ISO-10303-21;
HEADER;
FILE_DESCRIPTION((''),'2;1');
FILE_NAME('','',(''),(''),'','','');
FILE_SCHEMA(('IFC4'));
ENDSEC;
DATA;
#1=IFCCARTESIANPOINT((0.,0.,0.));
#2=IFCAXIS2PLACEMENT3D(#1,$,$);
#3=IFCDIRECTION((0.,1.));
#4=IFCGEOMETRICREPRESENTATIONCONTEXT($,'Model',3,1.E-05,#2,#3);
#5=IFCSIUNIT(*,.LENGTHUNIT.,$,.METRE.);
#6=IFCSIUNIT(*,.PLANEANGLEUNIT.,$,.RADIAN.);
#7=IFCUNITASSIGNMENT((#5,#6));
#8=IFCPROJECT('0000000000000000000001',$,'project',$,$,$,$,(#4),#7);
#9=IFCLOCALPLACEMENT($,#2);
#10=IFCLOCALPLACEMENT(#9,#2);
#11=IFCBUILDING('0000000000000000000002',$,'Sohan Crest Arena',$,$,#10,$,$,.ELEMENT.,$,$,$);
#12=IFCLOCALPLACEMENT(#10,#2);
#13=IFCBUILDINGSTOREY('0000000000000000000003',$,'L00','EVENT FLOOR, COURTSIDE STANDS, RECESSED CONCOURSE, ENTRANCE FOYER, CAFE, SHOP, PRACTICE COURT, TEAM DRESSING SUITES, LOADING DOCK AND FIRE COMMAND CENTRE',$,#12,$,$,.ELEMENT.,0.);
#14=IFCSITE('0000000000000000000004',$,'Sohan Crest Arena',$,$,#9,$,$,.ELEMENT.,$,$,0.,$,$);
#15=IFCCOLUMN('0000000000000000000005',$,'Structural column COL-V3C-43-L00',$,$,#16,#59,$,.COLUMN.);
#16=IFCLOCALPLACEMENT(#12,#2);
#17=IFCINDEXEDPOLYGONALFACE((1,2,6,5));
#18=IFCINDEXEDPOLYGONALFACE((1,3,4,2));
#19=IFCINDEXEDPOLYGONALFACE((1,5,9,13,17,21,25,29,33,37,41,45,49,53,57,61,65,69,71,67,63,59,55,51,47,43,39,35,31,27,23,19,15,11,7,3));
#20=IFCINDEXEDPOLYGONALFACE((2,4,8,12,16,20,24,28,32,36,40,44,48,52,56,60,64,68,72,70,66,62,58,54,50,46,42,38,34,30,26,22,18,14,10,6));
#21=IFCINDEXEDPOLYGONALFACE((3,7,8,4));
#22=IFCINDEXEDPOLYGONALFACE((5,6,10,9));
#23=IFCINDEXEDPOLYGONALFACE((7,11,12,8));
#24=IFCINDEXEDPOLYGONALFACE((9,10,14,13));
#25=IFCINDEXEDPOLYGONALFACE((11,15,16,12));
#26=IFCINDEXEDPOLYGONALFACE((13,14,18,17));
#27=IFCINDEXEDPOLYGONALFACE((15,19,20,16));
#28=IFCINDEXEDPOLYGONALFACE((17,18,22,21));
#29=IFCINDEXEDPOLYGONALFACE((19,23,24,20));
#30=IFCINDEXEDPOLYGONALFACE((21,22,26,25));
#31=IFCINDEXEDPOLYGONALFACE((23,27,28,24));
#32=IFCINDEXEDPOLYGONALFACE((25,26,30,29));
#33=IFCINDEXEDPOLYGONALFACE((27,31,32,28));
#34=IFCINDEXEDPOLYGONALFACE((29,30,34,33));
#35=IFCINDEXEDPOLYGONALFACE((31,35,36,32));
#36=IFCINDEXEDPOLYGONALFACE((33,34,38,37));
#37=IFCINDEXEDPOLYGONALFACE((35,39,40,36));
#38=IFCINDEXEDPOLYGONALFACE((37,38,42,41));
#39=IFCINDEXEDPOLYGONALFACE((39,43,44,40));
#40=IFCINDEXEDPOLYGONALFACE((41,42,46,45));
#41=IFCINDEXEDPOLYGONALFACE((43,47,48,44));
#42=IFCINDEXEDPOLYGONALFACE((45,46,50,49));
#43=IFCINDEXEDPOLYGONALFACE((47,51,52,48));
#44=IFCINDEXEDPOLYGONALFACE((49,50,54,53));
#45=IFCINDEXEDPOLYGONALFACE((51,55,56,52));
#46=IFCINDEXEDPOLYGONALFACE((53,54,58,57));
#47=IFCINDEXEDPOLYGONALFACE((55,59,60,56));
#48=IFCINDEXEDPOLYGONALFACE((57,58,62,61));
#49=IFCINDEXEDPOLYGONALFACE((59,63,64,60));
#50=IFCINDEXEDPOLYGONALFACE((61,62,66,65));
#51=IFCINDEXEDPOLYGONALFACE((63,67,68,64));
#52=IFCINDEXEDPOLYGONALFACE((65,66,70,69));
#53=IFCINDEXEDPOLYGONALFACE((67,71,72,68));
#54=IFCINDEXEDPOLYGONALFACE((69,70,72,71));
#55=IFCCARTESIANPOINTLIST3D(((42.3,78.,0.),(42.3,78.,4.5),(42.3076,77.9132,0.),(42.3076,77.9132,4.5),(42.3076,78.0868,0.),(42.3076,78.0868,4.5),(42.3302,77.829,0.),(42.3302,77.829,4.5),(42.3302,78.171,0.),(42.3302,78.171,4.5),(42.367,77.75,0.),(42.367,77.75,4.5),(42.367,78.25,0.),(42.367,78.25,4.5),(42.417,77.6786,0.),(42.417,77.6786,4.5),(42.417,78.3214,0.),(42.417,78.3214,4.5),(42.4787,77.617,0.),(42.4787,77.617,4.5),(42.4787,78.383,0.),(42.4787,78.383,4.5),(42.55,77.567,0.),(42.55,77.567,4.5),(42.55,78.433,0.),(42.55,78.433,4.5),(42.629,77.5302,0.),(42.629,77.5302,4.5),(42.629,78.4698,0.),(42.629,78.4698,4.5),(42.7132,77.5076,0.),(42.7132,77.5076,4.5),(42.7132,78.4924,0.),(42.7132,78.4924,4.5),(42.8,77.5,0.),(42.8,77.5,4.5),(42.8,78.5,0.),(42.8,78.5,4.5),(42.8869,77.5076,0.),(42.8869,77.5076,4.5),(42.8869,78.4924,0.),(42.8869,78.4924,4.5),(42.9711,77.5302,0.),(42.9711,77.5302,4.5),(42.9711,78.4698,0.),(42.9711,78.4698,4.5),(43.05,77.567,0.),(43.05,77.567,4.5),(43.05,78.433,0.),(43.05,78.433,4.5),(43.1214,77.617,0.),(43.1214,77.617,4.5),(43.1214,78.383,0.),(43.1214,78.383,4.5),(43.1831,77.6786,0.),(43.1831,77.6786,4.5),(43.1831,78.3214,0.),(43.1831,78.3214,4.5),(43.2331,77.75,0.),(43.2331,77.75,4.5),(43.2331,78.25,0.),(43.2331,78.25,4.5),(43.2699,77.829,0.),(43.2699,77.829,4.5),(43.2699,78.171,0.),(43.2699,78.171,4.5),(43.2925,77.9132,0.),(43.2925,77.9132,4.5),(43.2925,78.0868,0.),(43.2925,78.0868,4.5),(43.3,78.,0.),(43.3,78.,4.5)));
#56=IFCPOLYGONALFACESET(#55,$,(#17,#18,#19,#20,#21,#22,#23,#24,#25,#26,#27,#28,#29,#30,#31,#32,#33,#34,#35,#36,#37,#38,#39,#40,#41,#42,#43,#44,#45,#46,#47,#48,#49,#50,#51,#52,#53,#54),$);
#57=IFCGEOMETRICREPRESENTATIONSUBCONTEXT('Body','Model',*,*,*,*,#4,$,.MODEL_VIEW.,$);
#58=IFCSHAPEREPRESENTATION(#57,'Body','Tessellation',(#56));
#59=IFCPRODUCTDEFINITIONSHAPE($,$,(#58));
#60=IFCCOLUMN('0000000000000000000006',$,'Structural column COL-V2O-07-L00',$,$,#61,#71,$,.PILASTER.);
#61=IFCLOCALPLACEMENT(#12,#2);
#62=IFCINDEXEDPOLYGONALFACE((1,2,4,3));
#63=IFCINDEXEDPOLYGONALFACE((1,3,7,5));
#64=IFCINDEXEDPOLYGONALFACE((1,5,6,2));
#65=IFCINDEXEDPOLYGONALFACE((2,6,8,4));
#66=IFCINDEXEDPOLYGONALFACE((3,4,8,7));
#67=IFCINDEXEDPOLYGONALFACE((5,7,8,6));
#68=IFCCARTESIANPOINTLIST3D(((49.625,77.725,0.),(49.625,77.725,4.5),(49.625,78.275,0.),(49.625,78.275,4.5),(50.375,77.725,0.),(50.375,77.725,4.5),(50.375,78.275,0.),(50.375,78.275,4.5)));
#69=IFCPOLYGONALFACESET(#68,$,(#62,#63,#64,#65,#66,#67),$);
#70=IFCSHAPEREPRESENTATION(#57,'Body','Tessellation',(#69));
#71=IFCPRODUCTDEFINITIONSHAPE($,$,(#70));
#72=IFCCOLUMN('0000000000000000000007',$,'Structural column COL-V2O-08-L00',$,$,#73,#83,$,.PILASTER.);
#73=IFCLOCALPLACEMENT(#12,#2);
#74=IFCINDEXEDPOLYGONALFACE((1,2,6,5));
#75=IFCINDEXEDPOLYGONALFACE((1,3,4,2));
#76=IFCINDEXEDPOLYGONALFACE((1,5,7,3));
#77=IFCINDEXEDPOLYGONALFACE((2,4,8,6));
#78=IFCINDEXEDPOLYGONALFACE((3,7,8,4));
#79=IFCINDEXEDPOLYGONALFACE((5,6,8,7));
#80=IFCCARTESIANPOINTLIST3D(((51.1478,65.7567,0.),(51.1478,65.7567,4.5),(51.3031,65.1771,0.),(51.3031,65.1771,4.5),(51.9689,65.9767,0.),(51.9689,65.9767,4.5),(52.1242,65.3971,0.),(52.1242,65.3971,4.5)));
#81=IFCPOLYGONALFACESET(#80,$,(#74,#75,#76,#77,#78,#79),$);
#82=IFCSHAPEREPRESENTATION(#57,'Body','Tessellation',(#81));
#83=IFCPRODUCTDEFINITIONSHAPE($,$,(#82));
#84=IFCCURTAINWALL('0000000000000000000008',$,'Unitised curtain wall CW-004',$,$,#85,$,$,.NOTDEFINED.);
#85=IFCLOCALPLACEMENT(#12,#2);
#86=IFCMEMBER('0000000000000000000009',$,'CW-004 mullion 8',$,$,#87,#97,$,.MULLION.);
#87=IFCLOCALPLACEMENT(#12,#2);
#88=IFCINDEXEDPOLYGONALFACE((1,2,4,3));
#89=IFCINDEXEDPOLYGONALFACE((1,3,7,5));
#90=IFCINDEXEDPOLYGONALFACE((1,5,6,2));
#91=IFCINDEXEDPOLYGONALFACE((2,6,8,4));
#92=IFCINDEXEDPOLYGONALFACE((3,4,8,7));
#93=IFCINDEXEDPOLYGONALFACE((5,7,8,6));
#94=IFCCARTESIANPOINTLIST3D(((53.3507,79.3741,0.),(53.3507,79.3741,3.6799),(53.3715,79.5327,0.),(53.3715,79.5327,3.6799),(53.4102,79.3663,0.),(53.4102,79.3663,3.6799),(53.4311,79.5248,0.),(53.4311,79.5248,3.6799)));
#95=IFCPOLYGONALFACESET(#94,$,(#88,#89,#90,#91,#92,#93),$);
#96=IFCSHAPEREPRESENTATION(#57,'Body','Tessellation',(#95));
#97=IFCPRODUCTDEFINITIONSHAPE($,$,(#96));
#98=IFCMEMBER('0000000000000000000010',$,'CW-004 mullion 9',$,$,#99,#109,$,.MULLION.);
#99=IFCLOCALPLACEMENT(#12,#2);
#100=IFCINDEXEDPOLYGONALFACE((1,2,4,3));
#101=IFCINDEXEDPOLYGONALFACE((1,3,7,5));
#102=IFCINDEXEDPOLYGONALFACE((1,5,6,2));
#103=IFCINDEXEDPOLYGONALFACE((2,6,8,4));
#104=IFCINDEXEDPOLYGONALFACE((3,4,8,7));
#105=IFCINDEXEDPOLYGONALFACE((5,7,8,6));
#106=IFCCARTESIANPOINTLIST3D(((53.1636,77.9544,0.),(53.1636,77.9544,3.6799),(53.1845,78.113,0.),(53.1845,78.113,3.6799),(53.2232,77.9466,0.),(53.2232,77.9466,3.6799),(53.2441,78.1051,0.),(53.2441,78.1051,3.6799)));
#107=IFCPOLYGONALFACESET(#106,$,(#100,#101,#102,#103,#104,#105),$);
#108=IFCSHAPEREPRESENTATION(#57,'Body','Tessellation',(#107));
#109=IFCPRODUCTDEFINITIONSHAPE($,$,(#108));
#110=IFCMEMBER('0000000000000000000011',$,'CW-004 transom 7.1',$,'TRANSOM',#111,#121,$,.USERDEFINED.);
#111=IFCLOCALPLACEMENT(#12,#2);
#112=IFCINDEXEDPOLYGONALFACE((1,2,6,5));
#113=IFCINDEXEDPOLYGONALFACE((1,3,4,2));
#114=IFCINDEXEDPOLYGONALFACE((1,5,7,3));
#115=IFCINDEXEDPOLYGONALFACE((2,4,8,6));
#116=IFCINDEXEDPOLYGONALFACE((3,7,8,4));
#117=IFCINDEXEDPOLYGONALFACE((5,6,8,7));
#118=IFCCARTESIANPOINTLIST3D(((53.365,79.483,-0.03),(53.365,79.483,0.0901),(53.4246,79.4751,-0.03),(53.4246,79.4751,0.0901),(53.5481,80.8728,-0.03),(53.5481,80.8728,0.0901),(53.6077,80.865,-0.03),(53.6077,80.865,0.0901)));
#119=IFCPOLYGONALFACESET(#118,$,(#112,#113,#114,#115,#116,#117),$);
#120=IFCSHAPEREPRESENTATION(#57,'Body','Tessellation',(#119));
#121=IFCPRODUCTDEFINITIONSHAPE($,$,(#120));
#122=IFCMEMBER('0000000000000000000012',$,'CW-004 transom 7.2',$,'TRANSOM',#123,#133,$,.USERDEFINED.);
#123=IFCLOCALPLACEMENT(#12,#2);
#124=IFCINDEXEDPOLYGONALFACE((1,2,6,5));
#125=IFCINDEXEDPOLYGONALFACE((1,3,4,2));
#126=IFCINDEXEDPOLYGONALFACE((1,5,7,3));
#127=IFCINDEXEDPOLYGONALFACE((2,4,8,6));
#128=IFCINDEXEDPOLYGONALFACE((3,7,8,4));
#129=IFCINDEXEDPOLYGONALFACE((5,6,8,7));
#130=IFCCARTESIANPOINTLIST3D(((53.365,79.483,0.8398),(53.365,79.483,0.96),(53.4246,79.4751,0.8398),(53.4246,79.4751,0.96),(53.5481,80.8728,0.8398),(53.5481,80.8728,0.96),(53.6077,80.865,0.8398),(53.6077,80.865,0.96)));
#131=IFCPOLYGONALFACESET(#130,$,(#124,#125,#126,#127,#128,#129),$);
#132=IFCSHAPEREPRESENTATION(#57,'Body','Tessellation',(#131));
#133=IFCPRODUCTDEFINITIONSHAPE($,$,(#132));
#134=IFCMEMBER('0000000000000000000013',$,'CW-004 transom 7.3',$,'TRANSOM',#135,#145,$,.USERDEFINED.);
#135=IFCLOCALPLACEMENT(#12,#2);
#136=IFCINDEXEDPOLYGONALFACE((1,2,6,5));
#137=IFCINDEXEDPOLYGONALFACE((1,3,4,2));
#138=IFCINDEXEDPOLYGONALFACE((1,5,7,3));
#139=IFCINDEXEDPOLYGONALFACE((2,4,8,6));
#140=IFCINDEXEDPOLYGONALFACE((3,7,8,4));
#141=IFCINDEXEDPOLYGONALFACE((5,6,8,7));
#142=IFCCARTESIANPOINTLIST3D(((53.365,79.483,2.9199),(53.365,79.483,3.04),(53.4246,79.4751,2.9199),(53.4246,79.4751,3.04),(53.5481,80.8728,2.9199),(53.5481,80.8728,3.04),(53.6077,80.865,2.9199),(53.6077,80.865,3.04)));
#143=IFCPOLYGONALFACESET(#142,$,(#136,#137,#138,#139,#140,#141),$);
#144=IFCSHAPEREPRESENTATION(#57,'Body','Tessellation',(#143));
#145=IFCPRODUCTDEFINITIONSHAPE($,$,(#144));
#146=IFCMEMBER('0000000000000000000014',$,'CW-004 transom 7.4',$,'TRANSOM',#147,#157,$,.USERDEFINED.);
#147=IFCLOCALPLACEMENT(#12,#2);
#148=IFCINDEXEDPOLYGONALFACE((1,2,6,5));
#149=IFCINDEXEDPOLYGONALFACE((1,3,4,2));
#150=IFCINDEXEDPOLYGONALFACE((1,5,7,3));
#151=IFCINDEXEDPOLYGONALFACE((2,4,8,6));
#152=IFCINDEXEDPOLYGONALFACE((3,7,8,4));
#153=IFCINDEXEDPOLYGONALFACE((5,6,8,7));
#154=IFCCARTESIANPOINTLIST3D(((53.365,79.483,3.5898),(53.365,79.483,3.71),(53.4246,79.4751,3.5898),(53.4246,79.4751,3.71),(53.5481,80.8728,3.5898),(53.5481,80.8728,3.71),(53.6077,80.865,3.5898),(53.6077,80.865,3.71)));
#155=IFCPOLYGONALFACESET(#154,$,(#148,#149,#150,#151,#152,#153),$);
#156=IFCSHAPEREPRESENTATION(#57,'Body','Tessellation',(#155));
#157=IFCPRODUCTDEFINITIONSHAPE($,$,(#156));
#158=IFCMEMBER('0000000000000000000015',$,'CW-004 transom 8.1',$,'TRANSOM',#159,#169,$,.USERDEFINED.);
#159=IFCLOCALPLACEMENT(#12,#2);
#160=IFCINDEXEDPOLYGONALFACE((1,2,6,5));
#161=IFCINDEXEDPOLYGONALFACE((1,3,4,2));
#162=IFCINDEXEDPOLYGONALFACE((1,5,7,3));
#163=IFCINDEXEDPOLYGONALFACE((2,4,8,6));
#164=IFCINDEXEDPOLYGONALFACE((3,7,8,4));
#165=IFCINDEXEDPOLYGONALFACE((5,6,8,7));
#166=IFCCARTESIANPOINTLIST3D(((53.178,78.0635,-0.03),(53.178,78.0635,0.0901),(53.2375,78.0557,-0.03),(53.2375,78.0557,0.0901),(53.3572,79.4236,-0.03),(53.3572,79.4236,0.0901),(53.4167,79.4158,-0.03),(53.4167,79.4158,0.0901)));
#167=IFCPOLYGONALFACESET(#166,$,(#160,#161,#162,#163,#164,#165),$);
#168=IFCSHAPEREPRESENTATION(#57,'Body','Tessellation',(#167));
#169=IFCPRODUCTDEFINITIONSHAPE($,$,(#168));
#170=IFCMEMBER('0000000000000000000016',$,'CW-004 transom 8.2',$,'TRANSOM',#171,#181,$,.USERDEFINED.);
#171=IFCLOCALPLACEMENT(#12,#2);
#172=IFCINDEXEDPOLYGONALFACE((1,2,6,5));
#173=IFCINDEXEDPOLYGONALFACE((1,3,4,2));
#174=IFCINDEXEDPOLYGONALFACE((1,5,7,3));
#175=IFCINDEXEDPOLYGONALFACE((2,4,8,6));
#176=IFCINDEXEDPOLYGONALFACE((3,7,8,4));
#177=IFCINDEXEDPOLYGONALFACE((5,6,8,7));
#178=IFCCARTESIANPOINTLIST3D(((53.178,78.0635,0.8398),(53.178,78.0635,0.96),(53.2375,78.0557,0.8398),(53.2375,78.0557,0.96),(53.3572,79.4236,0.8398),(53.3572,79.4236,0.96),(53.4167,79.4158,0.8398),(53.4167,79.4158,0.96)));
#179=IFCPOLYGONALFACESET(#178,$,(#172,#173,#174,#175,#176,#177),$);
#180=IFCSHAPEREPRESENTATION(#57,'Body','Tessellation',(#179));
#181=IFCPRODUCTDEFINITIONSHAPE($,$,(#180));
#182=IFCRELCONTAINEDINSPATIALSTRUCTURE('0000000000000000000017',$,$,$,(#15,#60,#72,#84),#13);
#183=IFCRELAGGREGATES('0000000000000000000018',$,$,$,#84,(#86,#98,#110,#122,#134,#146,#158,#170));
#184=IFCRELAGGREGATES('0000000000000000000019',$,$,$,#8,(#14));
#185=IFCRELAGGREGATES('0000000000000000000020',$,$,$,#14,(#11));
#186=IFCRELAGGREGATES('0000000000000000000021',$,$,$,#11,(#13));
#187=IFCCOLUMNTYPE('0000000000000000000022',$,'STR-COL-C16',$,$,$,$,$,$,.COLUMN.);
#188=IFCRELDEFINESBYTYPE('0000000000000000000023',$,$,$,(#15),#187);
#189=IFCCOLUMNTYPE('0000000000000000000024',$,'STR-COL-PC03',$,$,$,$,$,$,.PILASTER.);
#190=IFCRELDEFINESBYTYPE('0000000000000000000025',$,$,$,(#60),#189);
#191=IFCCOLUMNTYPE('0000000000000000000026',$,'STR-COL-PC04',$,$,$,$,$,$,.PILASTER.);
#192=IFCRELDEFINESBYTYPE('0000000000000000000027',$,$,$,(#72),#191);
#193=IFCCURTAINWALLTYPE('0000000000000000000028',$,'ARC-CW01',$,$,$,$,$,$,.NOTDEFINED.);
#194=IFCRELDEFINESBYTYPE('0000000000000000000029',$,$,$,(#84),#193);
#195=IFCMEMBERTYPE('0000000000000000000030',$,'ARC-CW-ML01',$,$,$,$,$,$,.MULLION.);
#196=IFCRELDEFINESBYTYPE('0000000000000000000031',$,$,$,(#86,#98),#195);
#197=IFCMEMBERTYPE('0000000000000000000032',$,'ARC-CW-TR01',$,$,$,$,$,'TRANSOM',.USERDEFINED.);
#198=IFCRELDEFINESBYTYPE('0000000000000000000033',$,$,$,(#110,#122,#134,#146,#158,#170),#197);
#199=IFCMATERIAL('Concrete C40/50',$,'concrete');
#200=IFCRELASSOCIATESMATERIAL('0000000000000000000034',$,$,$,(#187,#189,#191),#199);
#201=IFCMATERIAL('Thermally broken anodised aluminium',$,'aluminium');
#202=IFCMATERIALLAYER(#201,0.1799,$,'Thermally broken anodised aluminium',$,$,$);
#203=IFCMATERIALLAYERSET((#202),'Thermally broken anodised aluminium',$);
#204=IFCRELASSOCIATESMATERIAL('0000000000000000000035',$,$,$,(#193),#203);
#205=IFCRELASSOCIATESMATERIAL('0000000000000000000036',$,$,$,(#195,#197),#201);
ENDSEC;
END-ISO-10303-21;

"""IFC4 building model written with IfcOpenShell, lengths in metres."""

from ifc_helpers import new_model, si_unit, direction, frame, origin, origin_2d, place, context, subcontext, project, spatial, rectangle, circle, extrude, material, layer, layer_set, material_profile, profile_set, type_object, element, aggregate, save


model = new_model("IFC4")

# Units and contexts
model_context = context("Model", 3, precision=1e-05, world=origin(), true_north=direction((0.0, 1.0)))
body_context = subcontext(model_context, "Body", "Model", "MODEL_VIEW")
ifc_project = project(units=[si_unit("LENGTHUNIT", "METRE"), si_unit("PLANEANGLEUNIT", "RADIAN")], contexts=[model_context])

# Site, building, storey
site_placement = place(None, origin())
site = spatial("IfcSite", under=ifc_project, at=site_placement, Name="Sohan Crest Arena", CompositionType="ELEMENT", RefElevation=0.0)
building_placement = place(site_placement, origin())
building = spatial("IfcBuilding", under=site, at=building_placement, Name="Sohan Crest Arena", CompositionType="ELEMENT")
storey_placement = place(building_placement, origin())
storey = spatial("IfcBuildingStorey", under=building, at=storey_placement, Name="L00", Description="EVENT FLOOR, COURTSIDE STANDS, RECESSED CONCOURSE, ENTRANCE FOYER, CAFE, SHOP, PRACTICE COURT, TEAM DRESSING SUITES, LOADING DOCK AND FIRE COMMAND CENTRE", CompositionType="ELEMENT", Elevation=0.0)

# Columns
ifc_material_1 = material(Name="Concrete C40/50", Category="concrete")
ifc_material_profile_1 = material_profile(ifc_material_1, circle(Radius=0.5, at=origin_2d()), Name="RC D1000")
ifc_profile_set_1 = profile_set([ifc_material_profile_1], Name="Concrete C40/50")
column_type_1 = type_object("IfcColumnType", Name="STR-COL-C16", PredefinedType="COLUMN", material=ifc_profile_set_1)
column_1_placement = place(storey_placement, frame((42.8, 78.0, 0.0), z_axis=(0.0, 0.0, 1.0), x_axis=(1.0, 0.0, 0.0)))
element("IfcColumn", 1, at=column_1_placement, inside=storey, type_object=column_type_1, Name="Structural column COL-V3C-43-L00", PredefinedType="COLUMN", context=body_context, shape_type="SweptSolid", body=[
    extrude(circle(Radius=0.5, at=origin_2d()), origin(), (0.0, 0.0, 1.0), 4.5),
])
ifc_material_profile_2 = material_profile(ifc_material_1, rectangle(XDim=0.75, YDim=0.55, at=origin_2d()), Name="RC 750x550")
ifc_profile_set_2 = profile_set([ifc_material_profile_2], Name="Concrete C40/50")
column_type_2 = type_object("IfcColumnType", Name="STR-COL-PC03", PredefinedType="PILASTER", material=ifc_profile_set_2)
column_2_placement = place(storey_placement, frame((50.0, 78.0, 0.0), z_axis=(0.0, 0.0, 1.0), x_axis=(1.0, 0.0, 0.0)))
element("IfcColumn", 2, at=column_2_placement, inside=storey, type_object=column_type_2, Name="Structural column COL-V2O-07-L00", PredefinedType="PILASTER", context=body_context, shape_type="SweptSolid", body=[
    extrude(rectangle(XDim=0.75, YDim=0.55, at=origin_2d()), origin(), (0.0, 0.0, 1.0), 4.5),
])
ifc_material_profile_3 = material_profile(ifc_material_1, rectangle(XDim=0.8501, YDim=0.6001, at=origin_2d()), Name="RC 850x600")
ifc_profile_set_3 = profile_set([ifc_material_profile_3], Name="Concrete C40/50")
column_type_3 = type_object("IfcColumnType", Name="STR-COL-PC04", PredefinedType="PILASTER", material=ifc_profile_set_3)
column_3_placement = place(storey_placement, frame((51.636, 65.5769, 0.0), z_axis=(0.0, 0.0, 1.0), x_axis=(0.965926, 0.258819, 0.0)))
element("IfcColumn", 3, at=column_3_placement, inside=storey, type_object=column_type_3, Name="Structural column COL-V2O-08-L00", PredefinedType="PILASTER", context=body_context, shape_type="SweptSolid", body=[
    extrude(rectangle(XDim=0.8501, YDim=0.6001, at=origin_2d()), origin(), (0.0, 0.0, 1.0), 4.5),
])

# Curtain wall, members
ifc_material_2 = material(Name="Thermally broken anodised aluminium", Category="aluminium")
ifc_layer_1 = layer(ifc_material_2, 0.1799, Name="Thermally broken anodised aluminium")
ifc_layer_set_1 = layer_set([ifc_layer_1], Name="Thermally broken anodised aluminium")
curtain_wall_type = type_object("IfcCurtainWallType", Name="ARC-CW01", PredefinedType="NOTDEFINED", material=ifc_layer_set_1)
curtain_wall_placement = place(storey_placement, origin())
curtain_wall = element("IfcCurtainWall", 4, at=curtain_wall_placement, inside=storey, type_object=curtain_wall_type, Name="Unitised curtain wall CW-004", PredefinedType="NOTDEFINED")
ifc_material_profile_4 = material_profile(ifc_material_2, rectangle(XDim=0.0601, YDim=0.1599, at=origin_2d()), Name="ALU-MULL 60x160")
ifc_profile_set_4 = profile_set([ifc_material_profile_4], Name="Thermally broken anodised aluminium")
member_type_1 = type_object("IfcMemberType", Name="ARC-CW-ML01", PredefinedType="MULLION", material=ifc_profile_set_4)
member_1_placement = place(storey_placement, frame((53.3909, 79.4495, 0.0), z_axis=(0.0, 0.0, 1.0), x_axis=(0.991439, -0.130567, 0.0)))
member_1 = element("IfcMember", 5, at=member_1_placement, type_object=member_type_1, Name="CW-004 mullion 8", PredefinedType="MULLION", context=body_context, shape_type="SweptSolid", body=[
    extrude(rectangle(XDim=0.0601, YDim=0.1599, at=origin_2d()), origin(), (0.0, 0.0, 1.0), 3.6799),
])
member_2_placement = place(storey_placement, frame((53.2039, 78.0298, 0.0), z_axis=(0.0, 0.0, 1.0), x_axis=(0.991439, -0.130567, 0.0)))
member_2 = element("IfcMember", 6, at=member_2_placement, type_object=member_type_1, Name="CW-004 mullion 9", PredefinedType="MULLION", context=body_context, shape_type="SweptSolid", body=[
    extrude(rectangle(XDim=0.0601, YDim=0.1599, at=origin_2d()), origin(), (0.0, 0.0, 1.0), 3.6799),
])
ifc_material_profile_5 = material_profile(ifc_material_2, rectangle(XDim=0.0601, YDim=0.1201, at=origin_2d()), Name="ALU-TRAN 60x120")
ifc_profile_set_5 = profile_set([ifc_material_profile_5], Name="Thermally broken anodised aluminium")
member_type_2 = type_object("IfcMemberType", Name="ARC-CW-TR01", ElementType="TRANSOM", PredefinedType="USERDEFINED", material=ifc_profile_set_5)
member_3_placement = place(storey_placement, frame((53.5779, 80.8689, 0.03), z_axis=(-0.130612, -0.991434, 0.0), x_axis=(0.991434, -0.130612, 0.0)))
member_3 = element("IfcMember", 7, at=member_3_placement, type_object=member_type_2, Name="CW-004 transom 7.1", ObjectType="TRANSOM", PredefinedType="USERDEFINED", context=body_context, shape_type="SweptSolid", body=[
    extrude(rectangle(XDim=0.0601, YDim=0.1201, at=origin_2d()), origin(), (0.0, 0.0, 1.0), 1.4019),
])
member_4_placement = place(storey_placement, frame((53.5779, 80.8689, 0.8999), z_axis=(-0.130612, -0.991434, 0.0), x_axis=(0.991434, -0.130612, 0.0)))
member_4 = element("IfcMember", 8, at=member_4_placement, type_object=member_type_2, Name="CW-004 transom 7.2", ObjectType="TRANSOM", PredefinedType="USERDEFINED", context=body_context, shape_type="SweptSolid", body=[
    extrude(rectangle(XDim=0.0601, YDim=0.1201, at=origin_2d()), origin(), (0.0, 0.0, 1.0), 1.4019),
])
member_5_placement = place(storey_placement, frame((53.5779, 80.8689, 2.98), z_axis=(-0.130612, -0.991434, 0.0), x_axis=(0.991434, -0.130612, 0.0)))
member_5 = element("IfcMember", 9, at=member_5_placement, type_object=member_type_2, Name="CW-004 transom 7.3", ObjectType="TRANSOM", PredefinedType="USERDEFINED", context=body_context, shape_type="SweptSolid", body=[
    extrude(rectangle(XDim=0.0601, YDim=0.1201, at=origin_2d()), origin(), (0.0, 0.0, 1.0), 1.4019),
])
member_6_placement = place(storey_placement, frame((53.5779, 80.8689, 3.6499), z_axis=(-0.130612, -0.991434, 0.0), x_axis=(0.991434, -0.130612, 0.0)))
member_6 = element("IfcMember", 10, at=member_6_placement, type_object=member_type_2, Name="CW-004 transom 7.4", ObjectType="TRANSOM", PredefinedType="USERDEFINED", context=body_context, shape_type="SweptSolid", body=[
    extrude(rectangle(XDim=0.0601, YDim=0.1201, at=origin_2d()), origin(), (0.0, 0.0, 1.0), 1.4019),
])
member_7_placement = place(storey_placement, frame((53.387, 79.4197, 0.03), z_axis=(-0.130625, -0.991432, 0.0), x_axis=(0.991432, -0.130625, 0.0)))
member_7 = element("IfcMember", 11, at=member_7_placement, type_object=member_type_2, Name="CW-004 transom 8.1", ObjectType="TRANSOM", PredefinedType="USERDEFINED", context=body_context, shape_type="SweptSolid", body=[
    extrude(rectangle(XDim=0.0601, YDim=0.1201, at=origin_2d()), origin(), (0.0, 0.0, 1.0), 1.3718),
])
member_8_placement = place(storey_placement, frame((53.387, 79.4197, 0.8999), z_axis=(-0.130625, -0.991432, 0.0), x_axis=(0.991432, -0.130625, 0.0)))
member_8 = element("IfcMember", 12, at=member_8_placement, type_object=member_type_2, Name="CW-004 transom 8.2", ObjectType="TRANSOM", PredefinedType="USERDEFINED", context=body_context, shape_type="SweptSolid", body=[
    extrude(rectangle(XDim=0.0601, YDim=0.1201, at=origin_2d()), origin(), (0.0, 0.0, 1.0), 1.3718),
])

aggregate(curtain_wall, [member_1, member_2, member_3, member_4, member_5, member_6, member_7, member_8])

save(model, "model.ifc")
